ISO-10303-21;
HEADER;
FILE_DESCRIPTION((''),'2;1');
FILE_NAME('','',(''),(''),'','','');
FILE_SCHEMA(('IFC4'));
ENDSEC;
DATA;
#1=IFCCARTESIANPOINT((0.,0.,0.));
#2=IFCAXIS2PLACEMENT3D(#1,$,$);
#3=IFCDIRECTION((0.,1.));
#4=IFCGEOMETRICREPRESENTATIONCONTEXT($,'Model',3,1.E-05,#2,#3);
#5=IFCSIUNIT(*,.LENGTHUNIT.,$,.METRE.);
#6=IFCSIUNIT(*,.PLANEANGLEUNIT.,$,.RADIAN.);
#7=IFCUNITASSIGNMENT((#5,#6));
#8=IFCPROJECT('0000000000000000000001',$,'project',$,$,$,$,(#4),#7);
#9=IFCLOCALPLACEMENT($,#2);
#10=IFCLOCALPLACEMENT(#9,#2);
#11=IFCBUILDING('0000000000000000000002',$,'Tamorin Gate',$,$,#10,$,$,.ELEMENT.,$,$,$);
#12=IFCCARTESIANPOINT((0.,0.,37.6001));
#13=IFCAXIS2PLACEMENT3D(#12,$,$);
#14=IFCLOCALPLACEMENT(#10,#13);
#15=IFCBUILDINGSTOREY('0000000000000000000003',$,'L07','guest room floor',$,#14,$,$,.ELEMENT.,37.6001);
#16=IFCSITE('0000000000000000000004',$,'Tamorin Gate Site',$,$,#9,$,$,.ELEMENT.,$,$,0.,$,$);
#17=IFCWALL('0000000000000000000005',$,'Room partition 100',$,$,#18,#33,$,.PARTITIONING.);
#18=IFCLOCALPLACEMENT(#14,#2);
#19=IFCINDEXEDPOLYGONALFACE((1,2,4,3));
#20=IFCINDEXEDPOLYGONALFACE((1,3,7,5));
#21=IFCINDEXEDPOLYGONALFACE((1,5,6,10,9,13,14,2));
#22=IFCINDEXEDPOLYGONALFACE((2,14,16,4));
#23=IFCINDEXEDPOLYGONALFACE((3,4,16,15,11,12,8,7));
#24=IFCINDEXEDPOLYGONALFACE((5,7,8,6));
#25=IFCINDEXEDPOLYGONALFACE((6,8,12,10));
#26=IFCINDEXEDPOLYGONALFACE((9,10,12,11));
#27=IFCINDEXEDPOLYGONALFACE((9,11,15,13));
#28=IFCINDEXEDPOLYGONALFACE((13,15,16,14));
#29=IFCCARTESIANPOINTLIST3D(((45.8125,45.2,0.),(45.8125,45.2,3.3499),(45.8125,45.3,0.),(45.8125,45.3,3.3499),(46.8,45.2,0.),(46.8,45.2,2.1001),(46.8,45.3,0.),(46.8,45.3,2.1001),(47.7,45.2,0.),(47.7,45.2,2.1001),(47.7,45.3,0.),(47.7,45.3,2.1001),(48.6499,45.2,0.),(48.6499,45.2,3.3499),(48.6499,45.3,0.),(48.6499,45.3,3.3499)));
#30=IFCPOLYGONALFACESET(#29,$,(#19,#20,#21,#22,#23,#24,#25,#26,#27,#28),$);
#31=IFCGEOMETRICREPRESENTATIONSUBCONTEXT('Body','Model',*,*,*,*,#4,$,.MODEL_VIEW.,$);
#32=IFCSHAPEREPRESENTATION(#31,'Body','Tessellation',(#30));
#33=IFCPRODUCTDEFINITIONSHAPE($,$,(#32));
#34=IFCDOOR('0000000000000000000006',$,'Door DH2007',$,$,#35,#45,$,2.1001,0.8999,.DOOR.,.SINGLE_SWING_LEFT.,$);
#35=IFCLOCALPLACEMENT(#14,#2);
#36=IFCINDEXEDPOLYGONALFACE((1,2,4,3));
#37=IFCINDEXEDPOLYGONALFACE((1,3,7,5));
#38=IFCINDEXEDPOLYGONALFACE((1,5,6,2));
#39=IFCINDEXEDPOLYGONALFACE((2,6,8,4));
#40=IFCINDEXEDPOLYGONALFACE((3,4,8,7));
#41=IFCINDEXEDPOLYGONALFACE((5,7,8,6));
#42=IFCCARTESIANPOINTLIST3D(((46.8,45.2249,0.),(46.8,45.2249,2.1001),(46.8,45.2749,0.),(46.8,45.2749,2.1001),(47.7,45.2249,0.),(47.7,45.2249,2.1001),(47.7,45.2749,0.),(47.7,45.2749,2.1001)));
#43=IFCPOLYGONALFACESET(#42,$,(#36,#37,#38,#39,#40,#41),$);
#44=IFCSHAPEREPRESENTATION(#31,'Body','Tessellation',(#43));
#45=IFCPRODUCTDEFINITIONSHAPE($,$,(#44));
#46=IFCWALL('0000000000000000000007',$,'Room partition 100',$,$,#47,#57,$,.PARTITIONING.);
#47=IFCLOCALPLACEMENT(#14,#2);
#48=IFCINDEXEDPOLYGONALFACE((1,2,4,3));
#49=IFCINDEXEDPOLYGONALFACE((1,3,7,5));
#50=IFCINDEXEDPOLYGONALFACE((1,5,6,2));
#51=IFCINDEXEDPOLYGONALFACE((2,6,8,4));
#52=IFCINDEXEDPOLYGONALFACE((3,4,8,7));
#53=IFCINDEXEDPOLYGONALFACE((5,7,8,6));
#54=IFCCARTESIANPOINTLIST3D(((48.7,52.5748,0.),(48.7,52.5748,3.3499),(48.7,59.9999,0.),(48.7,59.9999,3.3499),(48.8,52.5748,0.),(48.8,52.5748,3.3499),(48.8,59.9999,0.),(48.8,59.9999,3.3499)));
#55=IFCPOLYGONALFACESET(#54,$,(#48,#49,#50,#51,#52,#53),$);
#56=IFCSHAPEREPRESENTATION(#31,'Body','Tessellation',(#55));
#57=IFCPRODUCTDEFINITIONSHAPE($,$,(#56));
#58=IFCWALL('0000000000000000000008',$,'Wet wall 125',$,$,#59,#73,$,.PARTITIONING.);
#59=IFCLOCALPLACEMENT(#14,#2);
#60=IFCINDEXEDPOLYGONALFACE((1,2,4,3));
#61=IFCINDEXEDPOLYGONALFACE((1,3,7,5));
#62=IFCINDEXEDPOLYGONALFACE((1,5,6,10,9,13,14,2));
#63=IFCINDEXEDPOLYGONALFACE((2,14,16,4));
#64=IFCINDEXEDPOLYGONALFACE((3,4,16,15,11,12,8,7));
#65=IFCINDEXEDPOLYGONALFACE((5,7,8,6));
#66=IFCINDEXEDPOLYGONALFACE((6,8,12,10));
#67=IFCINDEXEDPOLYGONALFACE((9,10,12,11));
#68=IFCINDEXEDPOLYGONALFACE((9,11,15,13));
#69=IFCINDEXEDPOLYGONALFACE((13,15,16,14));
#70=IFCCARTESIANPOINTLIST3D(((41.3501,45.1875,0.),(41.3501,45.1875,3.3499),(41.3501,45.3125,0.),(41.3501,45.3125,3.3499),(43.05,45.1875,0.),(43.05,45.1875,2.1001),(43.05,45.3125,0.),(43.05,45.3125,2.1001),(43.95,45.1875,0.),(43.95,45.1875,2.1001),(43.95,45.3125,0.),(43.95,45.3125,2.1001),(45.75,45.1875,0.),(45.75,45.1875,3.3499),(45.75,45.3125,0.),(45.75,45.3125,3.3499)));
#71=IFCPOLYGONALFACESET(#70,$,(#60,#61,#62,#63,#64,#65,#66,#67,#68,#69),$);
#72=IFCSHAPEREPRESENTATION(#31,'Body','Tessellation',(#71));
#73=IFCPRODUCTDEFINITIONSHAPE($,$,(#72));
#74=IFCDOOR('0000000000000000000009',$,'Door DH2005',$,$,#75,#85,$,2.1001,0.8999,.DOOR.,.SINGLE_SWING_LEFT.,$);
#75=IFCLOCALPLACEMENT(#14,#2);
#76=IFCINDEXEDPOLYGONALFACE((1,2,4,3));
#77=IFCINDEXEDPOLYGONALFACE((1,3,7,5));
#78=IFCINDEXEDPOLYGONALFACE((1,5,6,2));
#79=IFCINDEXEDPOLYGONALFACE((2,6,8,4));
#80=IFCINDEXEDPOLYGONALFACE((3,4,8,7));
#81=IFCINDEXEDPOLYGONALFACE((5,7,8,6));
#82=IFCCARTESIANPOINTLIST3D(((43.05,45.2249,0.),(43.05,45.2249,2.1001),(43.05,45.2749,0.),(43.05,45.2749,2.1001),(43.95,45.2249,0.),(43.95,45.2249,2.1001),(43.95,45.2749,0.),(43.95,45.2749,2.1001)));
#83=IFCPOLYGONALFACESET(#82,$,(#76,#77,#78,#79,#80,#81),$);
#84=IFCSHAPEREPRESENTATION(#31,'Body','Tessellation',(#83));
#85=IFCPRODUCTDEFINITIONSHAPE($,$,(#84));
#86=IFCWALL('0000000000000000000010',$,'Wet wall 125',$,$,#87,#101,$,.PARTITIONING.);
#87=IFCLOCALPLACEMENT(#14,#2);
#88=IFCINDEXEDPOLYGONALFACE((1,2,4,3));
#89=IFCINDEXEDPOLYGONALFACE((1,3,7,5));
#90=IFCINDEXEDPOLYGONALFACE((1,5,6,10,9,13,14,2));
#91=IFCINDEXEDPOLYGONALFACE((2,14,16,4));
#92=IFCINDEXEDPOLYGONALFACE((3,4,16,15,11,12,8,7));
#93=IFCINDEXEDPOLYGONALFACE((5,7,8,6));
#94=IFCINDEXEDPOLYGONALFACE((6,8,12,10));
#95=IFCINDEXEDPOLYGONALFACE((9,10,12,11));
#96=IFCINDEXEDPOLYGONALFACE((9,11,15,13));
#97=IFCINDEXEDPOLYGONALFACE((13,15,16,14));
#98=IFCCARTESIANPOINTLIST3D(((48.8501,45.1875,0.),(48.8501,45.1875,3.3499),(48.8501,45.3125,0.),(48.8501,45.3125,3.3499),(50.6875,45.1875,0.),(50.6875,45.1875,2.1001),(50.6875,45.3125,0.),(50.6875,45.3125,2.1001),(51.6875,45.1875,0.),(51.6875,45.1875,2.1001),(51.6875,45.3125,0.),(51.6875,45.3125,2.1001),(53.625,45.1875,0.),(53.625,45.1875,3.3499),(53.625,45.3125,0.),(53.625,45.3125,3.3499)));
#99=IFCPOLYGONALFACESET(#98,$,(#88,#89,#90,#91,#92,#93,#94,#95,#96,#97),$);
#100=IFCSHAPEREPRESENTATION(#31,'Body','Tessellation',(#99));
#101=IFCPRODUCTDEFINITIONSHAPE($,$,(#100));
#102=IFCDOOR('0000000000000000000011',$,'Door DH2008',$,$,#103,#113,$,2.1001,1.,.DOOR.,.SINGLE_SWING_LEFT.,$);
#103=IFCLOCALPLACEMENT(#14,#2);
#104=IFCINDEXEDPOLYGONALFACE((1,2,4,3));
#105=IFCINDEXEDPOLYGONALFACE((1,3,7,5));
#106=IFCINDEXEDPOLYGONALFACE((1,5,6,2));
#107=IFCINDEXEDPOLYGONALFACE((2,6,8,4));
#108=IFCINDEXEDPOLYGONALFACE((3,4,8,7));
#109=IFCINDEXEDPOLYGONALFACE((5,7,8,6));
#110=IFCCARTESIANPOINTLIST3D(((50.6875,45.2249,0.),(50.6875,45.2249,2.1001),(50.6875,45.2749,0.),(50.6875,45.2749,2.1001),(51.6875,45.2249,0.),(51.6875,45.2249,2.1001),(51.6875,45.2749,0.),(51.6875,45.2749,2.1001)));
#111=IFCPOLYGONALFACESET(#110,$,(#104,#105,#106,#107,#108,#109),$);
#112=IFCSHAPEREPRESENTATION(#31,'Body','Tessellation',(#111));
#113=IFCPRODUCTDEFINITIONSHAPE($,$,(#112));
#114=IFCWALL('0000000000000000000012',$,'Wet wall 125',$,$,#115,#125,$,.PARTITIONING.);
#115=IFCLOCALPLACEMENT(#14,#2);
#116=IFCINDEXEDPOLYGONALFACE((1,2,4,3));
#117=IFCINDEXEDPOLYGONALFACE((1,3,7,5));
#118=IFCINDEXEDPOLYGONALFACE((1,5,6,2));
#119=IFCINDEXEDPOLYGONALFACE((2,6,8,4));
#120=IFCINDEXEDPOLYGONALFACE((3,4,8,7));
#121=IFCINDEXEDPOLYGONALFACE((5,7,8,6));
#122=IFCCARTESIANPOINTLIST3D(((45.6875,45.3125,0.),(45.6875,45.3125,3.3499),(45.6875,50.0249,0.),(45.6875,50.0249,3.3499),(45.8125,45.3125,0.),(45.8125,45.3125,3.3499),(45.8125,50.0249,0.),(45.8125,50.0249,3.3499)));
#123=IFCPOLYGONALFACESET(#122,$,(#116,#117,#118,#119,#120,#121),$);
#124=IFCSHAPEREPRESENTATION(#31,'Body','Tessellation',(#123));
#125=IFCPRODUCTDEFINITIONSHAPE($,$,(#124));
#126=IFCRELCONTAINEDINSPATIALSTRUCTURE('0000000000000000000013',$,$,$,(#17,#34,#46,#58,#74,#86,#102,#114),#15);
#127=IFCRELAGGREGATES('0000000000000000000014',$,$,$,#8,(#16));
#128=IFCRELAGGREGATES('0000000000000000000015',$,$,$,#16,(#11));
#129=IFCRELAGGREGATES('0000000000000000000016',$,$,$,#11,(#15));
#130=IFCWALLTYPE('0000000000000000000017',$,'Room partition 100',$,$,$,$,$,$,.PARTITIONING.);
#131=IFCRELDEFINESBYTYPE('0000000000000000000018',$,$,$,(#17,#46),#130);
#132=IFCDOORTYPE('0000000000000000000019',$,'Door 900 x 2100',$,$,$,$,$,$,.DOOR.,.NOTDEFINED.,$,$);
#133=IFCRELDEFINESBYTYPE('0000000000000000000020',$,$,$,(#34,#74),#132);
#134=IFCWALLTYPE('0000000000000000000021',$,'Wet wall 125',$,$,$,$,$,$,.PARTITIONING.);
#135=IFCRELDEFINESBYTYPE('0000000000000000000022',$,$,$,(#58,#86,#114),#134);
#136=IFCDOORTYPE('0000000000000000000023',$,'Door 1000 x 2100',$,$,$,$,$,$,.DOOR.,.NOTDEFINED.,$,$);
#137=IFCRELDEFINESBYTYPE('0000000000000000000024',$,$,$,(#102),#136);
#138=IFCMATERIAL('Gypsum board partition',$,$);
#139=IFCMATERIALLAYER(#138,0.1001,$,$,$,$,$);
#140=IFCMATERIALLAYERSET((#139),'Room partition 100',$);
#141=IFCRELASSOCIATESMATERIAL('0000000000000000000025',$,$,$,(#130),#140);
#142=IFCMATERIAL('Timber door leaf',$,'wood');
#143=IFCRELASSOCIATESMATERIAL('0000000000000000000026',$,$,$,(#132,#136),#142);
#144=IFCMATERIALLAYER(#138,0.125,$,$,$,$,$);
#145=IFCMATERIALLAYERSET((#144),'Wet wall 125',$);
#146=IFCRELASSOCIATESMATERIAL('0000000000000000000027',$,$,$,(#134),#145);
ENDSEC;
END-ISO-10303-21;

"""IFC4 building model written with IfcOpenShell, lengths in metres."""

from ifc_helpers import new_model, si_unit, direction, frame, frame_2d, origin, place, context, subcontext, project, spatial, rectangle, extrude, material, layer, layer_set, type_object, element, fill, save


model = new_model("IFC4")

# Units and contexts
model_context = context("Model", 3, precision=1e-05, world=origin(), true_north=direction((0.0, 1.0)))
body_context = subcontext(model_context, "Body", "Model", "MODEL_VIEW")
ifc_project = project(units=[si_unit("LENGTHUNIT", "METRE"), si_unit("PLANEANGLEUNIT", "RADIAN")], contexts=[model_context])

# Site, building, storey
site_placement = place(None, origin())
site = spatial("IfcSite", under=ifc_project, at=site_placement, Name="Tamorin Gate Site", CompositionType="ELEMENT", RefElevation=0.0)
building_placement = place(site_placement, origin())
building = spatial("IfcBuilding", under=site, at=building_placement, Name="Tamorin Gate", CompositionType="ELEMENT")
storey_placement = place(building_placement, frame((0.0, 0.0, 37.6001)))
storey = spatial("IfcBuildingStorey", under=building, at=storey_placement, Name="L07", Description="guest room floor", CompositionType="ELEMENT", Elevation=37.6001)

# Shared definitions
ifc_material_1 = material(Name="Gypsum board partition")

# Wall, opening, door
ifc_layer_1 = layer(ifc_material_1, 0.1001)
ifc_layer_set_1 = layer_set([ifc_layer_1], Name="Room partition 100")
wall_type_1 = type_object("IfcWallType", Name="Room partition 100", PredefinedType="PARTITIONING", material=ifc_layer_set_1)
wall_1_placement = place(storey_placement, frame((45.8125, 45.25, 0.0), z_axis=(0.0, 0.0, 1.0), x_axis=(1.0, 0.0, 0.0)))
wall_1 = element("IfcWall", 1, at=wall_1_placement, inside=storey, type_object=wall_type_1, Name="Room partition 100", PredefinedType="PARTITIONING", context=body_context, shape_type="SweptSolid", body=[
    extrude(rectangle(XDim=2.8374, YDim=0.1001, at=frame_2d((1.4187, 0.0))), origin(), (0.0, 0.0, 1.0), 3.3499),
])
opening_1_placement = place(wall_1_placement, frame((0.9875, 0.0, 0.0)))
opening_1 = element("IfcOpeningElement", 2, at=opening_1_placement, cuts=wall_1, PredefinedType="OPENING", context=body_context, shape_type="SweptSolid", body=[
    extrude(rectangle(XDim=0.8999, YDim=2.1001, at=frame_2d((0.45, 1.05))), frame((0.0, 0.0601, 0.0), z_axis=(0.0, -1.0, 0.0), x_axis=(1.0, 0.0, 0.0)), (0.0, 0.0, 1.0), 0.1201),
])
ifc_material_2 = material(Name="Timber door leaf", Category="wood")
door_type_1 = type_object("IfcDoorType", Name="Door 900 x 2100", OperationType="NOTDEFINED", PredefinedType="DOOR", material=ifc_material_2)
door_1_placement = place(opening_1_placement, origin())
door_1 = element("IfcDoor", 3, at=door_1_placement, inside=storey, type_object=door_type_1, Name="Door DH2007", OperationType="SINGLE_SWING_LEFT", OverallHeight=2.1001, OverallWidth=0.8999, PredefinedType="DOOR", context=body_context, shape_type="SweptSolid", body=[
    extrude(rectangle(XDim=0.8999, YDim=2.1001, at=frame_2d((0.45, 1.05))), frame((0.0, 0.0249, 0.0), z_axis=(0.0, -1.0, 0.0), x_axis=(1.0, 0.0, 0.0)), (0.0, 0.0, 1.0), 0.05),
])
fill(opening_1, door_1)

# Wall
wall_2_placement = place(storey_placement, frame((48.75, 52.575, 0.0), z_axis=(0.0, 0.0, 1.0), x_axis=(0.0, 1.0, 0.0)))
element("IfcWall", 4, at=wall_2_placement, inside=storey, type_object=wall_type_1, Name="Room partition 100", PredefinedType="PARTITIONING", context=body_context, shape_type="SweptSolid", body=[
    extrude(rectangle(XDim=7.425, YDim=0.1001, at=frame_2d((3.7124, 0.0))), origin(), (0.0, 0.0, 1.0), 3.3499),
])

# Walls, openings, doors
ifc_layer_2 = layer(ifc_material_1, 0.125)
ifc_layer_set_2 = layer_set([ifc_layer_2], Name="Wet wall 125")
wall_type_2 = type_object("IfcWallType", Name="Wet wall 125", PredefinedType="PARTITIONING", material=ifc_layer_set_2)
wall_3_placement = place(storey_placement, frame((41.3501, 45.25, 0.0), z_axis=(0.0, 0.0, 1.0), x_axis=(1.0, 0.0, 0.0)))
wall_3 = element("IfcWall", 5, at=wall_3_placement, inside=storey, type_object=wall_type_2, Name="Wet wall 125", PredefinedType="PARTITIONING", context=body_context, shape_type="SweptSolid", body=[
    extrude(rectangle(XDim=4.3999, YDim=0.125, at=frame_2d((2.2, 0.0))), origin(), (0.0, 0.0, 1.0), 3.3499),
])
opening_2_placement = place(wall_3_placement, frame((1.7, 0.0, 0.0)))
opening_2 = element("IfcOpeningElement", 6, at=opening_2_placement, cuts=wall_3, PredefinedType="OPENING", context=body_context, shape_type="SweptSolid", body=[
    extrude(rectangle(XDim=0.8999, YDim=2.1001, at=frame_2d((0.45, 1.05))), frame((0.0, 0.0725, 0.0), z_axis=(0.0, -1.0, 0.0), x_axis=(1.0, 0.0, 0.0)), (0.0, 0.0, 1.0), 0.145),
])
door_2_placement = place(opening_2_placement, origin())
door_2 = element("IfcDoor", 7, at=door_2_placement, inside=storey, type_object=door_type_1, Name="Door DH2005", OperationType="SINGLE_SWING_LEFT", OverallHeight=2.1001, OverallWidth=0.8999, PredefinedType="DOOR", context=body_context, shape_type="SweptSolid", body=[
    extrude(rectangle(XDim=0.8999, YDim=2.1001, at=frame_2d((0.45, 1.05))), frame((0.0, 0.0249, 0.0), z_axis=(0.0, -1.0, 0.0), x_axis=(1.0, 0.0, 0.0)), (0.0, 0.0, 1.0), 0.05),
])
fill(opening_2, door_2)
wall_4_placement = place(storey_placement, frame((48.8501, 45.25, 0.0), z_axis=(0.0, 0.0, 1.0), x_axis=(1.0, 0.0, 0.0)))
wall_4 = element("IfcWall", 8, at=wall_4_placement, inside=storey, type_object=wall_type_2, Name="Wet wall 125", PredefinedType="PARTITIONING", context=body_context, shape_type="SweptSolid", body=[
    extrude(rectangle(XDim=4.7749, YDim=0.125, at=frame_2d((2.3875, 0.0))), origin(), (0.0, 0.0, 1.0), 3.3499),
])
opening_3_placement = place(wall_4_placement, frame((1.8374, 0.0, 0.0)))
opening_3 = element("IfcOpeningElement", 9, at=opening_3_placement, cuts=wall_4, PredefinedType="OPENING", context=body_context, shape_type="SweptSolid", body=[
    extrude(rectangle(XDim=1.0, YDim=2.1001, at=frame_2d((0.5, 1.05))), frame((0.0, 0.0725, 0.0), z_axis=(0.0, -1.0, 0.0), x_axis=(1.0, 0.0, 0.0)), (0.0, 0.0, 1.0), 0.145),
])
door_type_2 = type_object("IfcDoorType", Name="Door 1000 x 2100", OperationType="NOTDEFINED", PredefinedType="DOOR", material=ifc_material_2)
door_3_placement = place(opening_3_placement, origin())
door_3 = element("IfcDoor", 10, at=door_3_placement, inside=storey, type_object=door_type_2, Name="Door DH2008", OperationType="SINGLE_SWING_LEFT", OverallHeight=2.1001, OverallWidth=1.0, PredefinedType="DOOR", context=body_context, shape_type="SweptSolid", body=[
    extrude(rectangle(XDim=1.0, YDim=2.1001, at=frame_2d((0.5, 1.05))), frame((0.0, 0.0249, 0.0), z_axis=(0.0, -1.0, 0.0), x_axis=(1.0, 0.0, 0.0)), (0.0, 0.0, 1.0), 0.05),
])
fill(opening_3, door_3)

# Wall
wall_5_placement = place(storey_placement, frame((45.75, 45.3125, 0.0), z_axis=(0.0, 0.0, 1.0), x_axis=(0.0, 1.0, 0.0)))
element("IfcWall", 11, at=wall_5_placement, inside=storey, type_object=wall_type_2, Name="Wet wall 125", PredefinedType="PARTITIONING", context=body_context, shape_type="SweptSolid", body=[
    extrude(rectangle(XDim=4.7124, YDim=0.125, at=frame_2d((2.3562, 0.0))), origin(), (0.0, 0.0, 1.0), 3.3499),
])

save(model, "model.ifc")
